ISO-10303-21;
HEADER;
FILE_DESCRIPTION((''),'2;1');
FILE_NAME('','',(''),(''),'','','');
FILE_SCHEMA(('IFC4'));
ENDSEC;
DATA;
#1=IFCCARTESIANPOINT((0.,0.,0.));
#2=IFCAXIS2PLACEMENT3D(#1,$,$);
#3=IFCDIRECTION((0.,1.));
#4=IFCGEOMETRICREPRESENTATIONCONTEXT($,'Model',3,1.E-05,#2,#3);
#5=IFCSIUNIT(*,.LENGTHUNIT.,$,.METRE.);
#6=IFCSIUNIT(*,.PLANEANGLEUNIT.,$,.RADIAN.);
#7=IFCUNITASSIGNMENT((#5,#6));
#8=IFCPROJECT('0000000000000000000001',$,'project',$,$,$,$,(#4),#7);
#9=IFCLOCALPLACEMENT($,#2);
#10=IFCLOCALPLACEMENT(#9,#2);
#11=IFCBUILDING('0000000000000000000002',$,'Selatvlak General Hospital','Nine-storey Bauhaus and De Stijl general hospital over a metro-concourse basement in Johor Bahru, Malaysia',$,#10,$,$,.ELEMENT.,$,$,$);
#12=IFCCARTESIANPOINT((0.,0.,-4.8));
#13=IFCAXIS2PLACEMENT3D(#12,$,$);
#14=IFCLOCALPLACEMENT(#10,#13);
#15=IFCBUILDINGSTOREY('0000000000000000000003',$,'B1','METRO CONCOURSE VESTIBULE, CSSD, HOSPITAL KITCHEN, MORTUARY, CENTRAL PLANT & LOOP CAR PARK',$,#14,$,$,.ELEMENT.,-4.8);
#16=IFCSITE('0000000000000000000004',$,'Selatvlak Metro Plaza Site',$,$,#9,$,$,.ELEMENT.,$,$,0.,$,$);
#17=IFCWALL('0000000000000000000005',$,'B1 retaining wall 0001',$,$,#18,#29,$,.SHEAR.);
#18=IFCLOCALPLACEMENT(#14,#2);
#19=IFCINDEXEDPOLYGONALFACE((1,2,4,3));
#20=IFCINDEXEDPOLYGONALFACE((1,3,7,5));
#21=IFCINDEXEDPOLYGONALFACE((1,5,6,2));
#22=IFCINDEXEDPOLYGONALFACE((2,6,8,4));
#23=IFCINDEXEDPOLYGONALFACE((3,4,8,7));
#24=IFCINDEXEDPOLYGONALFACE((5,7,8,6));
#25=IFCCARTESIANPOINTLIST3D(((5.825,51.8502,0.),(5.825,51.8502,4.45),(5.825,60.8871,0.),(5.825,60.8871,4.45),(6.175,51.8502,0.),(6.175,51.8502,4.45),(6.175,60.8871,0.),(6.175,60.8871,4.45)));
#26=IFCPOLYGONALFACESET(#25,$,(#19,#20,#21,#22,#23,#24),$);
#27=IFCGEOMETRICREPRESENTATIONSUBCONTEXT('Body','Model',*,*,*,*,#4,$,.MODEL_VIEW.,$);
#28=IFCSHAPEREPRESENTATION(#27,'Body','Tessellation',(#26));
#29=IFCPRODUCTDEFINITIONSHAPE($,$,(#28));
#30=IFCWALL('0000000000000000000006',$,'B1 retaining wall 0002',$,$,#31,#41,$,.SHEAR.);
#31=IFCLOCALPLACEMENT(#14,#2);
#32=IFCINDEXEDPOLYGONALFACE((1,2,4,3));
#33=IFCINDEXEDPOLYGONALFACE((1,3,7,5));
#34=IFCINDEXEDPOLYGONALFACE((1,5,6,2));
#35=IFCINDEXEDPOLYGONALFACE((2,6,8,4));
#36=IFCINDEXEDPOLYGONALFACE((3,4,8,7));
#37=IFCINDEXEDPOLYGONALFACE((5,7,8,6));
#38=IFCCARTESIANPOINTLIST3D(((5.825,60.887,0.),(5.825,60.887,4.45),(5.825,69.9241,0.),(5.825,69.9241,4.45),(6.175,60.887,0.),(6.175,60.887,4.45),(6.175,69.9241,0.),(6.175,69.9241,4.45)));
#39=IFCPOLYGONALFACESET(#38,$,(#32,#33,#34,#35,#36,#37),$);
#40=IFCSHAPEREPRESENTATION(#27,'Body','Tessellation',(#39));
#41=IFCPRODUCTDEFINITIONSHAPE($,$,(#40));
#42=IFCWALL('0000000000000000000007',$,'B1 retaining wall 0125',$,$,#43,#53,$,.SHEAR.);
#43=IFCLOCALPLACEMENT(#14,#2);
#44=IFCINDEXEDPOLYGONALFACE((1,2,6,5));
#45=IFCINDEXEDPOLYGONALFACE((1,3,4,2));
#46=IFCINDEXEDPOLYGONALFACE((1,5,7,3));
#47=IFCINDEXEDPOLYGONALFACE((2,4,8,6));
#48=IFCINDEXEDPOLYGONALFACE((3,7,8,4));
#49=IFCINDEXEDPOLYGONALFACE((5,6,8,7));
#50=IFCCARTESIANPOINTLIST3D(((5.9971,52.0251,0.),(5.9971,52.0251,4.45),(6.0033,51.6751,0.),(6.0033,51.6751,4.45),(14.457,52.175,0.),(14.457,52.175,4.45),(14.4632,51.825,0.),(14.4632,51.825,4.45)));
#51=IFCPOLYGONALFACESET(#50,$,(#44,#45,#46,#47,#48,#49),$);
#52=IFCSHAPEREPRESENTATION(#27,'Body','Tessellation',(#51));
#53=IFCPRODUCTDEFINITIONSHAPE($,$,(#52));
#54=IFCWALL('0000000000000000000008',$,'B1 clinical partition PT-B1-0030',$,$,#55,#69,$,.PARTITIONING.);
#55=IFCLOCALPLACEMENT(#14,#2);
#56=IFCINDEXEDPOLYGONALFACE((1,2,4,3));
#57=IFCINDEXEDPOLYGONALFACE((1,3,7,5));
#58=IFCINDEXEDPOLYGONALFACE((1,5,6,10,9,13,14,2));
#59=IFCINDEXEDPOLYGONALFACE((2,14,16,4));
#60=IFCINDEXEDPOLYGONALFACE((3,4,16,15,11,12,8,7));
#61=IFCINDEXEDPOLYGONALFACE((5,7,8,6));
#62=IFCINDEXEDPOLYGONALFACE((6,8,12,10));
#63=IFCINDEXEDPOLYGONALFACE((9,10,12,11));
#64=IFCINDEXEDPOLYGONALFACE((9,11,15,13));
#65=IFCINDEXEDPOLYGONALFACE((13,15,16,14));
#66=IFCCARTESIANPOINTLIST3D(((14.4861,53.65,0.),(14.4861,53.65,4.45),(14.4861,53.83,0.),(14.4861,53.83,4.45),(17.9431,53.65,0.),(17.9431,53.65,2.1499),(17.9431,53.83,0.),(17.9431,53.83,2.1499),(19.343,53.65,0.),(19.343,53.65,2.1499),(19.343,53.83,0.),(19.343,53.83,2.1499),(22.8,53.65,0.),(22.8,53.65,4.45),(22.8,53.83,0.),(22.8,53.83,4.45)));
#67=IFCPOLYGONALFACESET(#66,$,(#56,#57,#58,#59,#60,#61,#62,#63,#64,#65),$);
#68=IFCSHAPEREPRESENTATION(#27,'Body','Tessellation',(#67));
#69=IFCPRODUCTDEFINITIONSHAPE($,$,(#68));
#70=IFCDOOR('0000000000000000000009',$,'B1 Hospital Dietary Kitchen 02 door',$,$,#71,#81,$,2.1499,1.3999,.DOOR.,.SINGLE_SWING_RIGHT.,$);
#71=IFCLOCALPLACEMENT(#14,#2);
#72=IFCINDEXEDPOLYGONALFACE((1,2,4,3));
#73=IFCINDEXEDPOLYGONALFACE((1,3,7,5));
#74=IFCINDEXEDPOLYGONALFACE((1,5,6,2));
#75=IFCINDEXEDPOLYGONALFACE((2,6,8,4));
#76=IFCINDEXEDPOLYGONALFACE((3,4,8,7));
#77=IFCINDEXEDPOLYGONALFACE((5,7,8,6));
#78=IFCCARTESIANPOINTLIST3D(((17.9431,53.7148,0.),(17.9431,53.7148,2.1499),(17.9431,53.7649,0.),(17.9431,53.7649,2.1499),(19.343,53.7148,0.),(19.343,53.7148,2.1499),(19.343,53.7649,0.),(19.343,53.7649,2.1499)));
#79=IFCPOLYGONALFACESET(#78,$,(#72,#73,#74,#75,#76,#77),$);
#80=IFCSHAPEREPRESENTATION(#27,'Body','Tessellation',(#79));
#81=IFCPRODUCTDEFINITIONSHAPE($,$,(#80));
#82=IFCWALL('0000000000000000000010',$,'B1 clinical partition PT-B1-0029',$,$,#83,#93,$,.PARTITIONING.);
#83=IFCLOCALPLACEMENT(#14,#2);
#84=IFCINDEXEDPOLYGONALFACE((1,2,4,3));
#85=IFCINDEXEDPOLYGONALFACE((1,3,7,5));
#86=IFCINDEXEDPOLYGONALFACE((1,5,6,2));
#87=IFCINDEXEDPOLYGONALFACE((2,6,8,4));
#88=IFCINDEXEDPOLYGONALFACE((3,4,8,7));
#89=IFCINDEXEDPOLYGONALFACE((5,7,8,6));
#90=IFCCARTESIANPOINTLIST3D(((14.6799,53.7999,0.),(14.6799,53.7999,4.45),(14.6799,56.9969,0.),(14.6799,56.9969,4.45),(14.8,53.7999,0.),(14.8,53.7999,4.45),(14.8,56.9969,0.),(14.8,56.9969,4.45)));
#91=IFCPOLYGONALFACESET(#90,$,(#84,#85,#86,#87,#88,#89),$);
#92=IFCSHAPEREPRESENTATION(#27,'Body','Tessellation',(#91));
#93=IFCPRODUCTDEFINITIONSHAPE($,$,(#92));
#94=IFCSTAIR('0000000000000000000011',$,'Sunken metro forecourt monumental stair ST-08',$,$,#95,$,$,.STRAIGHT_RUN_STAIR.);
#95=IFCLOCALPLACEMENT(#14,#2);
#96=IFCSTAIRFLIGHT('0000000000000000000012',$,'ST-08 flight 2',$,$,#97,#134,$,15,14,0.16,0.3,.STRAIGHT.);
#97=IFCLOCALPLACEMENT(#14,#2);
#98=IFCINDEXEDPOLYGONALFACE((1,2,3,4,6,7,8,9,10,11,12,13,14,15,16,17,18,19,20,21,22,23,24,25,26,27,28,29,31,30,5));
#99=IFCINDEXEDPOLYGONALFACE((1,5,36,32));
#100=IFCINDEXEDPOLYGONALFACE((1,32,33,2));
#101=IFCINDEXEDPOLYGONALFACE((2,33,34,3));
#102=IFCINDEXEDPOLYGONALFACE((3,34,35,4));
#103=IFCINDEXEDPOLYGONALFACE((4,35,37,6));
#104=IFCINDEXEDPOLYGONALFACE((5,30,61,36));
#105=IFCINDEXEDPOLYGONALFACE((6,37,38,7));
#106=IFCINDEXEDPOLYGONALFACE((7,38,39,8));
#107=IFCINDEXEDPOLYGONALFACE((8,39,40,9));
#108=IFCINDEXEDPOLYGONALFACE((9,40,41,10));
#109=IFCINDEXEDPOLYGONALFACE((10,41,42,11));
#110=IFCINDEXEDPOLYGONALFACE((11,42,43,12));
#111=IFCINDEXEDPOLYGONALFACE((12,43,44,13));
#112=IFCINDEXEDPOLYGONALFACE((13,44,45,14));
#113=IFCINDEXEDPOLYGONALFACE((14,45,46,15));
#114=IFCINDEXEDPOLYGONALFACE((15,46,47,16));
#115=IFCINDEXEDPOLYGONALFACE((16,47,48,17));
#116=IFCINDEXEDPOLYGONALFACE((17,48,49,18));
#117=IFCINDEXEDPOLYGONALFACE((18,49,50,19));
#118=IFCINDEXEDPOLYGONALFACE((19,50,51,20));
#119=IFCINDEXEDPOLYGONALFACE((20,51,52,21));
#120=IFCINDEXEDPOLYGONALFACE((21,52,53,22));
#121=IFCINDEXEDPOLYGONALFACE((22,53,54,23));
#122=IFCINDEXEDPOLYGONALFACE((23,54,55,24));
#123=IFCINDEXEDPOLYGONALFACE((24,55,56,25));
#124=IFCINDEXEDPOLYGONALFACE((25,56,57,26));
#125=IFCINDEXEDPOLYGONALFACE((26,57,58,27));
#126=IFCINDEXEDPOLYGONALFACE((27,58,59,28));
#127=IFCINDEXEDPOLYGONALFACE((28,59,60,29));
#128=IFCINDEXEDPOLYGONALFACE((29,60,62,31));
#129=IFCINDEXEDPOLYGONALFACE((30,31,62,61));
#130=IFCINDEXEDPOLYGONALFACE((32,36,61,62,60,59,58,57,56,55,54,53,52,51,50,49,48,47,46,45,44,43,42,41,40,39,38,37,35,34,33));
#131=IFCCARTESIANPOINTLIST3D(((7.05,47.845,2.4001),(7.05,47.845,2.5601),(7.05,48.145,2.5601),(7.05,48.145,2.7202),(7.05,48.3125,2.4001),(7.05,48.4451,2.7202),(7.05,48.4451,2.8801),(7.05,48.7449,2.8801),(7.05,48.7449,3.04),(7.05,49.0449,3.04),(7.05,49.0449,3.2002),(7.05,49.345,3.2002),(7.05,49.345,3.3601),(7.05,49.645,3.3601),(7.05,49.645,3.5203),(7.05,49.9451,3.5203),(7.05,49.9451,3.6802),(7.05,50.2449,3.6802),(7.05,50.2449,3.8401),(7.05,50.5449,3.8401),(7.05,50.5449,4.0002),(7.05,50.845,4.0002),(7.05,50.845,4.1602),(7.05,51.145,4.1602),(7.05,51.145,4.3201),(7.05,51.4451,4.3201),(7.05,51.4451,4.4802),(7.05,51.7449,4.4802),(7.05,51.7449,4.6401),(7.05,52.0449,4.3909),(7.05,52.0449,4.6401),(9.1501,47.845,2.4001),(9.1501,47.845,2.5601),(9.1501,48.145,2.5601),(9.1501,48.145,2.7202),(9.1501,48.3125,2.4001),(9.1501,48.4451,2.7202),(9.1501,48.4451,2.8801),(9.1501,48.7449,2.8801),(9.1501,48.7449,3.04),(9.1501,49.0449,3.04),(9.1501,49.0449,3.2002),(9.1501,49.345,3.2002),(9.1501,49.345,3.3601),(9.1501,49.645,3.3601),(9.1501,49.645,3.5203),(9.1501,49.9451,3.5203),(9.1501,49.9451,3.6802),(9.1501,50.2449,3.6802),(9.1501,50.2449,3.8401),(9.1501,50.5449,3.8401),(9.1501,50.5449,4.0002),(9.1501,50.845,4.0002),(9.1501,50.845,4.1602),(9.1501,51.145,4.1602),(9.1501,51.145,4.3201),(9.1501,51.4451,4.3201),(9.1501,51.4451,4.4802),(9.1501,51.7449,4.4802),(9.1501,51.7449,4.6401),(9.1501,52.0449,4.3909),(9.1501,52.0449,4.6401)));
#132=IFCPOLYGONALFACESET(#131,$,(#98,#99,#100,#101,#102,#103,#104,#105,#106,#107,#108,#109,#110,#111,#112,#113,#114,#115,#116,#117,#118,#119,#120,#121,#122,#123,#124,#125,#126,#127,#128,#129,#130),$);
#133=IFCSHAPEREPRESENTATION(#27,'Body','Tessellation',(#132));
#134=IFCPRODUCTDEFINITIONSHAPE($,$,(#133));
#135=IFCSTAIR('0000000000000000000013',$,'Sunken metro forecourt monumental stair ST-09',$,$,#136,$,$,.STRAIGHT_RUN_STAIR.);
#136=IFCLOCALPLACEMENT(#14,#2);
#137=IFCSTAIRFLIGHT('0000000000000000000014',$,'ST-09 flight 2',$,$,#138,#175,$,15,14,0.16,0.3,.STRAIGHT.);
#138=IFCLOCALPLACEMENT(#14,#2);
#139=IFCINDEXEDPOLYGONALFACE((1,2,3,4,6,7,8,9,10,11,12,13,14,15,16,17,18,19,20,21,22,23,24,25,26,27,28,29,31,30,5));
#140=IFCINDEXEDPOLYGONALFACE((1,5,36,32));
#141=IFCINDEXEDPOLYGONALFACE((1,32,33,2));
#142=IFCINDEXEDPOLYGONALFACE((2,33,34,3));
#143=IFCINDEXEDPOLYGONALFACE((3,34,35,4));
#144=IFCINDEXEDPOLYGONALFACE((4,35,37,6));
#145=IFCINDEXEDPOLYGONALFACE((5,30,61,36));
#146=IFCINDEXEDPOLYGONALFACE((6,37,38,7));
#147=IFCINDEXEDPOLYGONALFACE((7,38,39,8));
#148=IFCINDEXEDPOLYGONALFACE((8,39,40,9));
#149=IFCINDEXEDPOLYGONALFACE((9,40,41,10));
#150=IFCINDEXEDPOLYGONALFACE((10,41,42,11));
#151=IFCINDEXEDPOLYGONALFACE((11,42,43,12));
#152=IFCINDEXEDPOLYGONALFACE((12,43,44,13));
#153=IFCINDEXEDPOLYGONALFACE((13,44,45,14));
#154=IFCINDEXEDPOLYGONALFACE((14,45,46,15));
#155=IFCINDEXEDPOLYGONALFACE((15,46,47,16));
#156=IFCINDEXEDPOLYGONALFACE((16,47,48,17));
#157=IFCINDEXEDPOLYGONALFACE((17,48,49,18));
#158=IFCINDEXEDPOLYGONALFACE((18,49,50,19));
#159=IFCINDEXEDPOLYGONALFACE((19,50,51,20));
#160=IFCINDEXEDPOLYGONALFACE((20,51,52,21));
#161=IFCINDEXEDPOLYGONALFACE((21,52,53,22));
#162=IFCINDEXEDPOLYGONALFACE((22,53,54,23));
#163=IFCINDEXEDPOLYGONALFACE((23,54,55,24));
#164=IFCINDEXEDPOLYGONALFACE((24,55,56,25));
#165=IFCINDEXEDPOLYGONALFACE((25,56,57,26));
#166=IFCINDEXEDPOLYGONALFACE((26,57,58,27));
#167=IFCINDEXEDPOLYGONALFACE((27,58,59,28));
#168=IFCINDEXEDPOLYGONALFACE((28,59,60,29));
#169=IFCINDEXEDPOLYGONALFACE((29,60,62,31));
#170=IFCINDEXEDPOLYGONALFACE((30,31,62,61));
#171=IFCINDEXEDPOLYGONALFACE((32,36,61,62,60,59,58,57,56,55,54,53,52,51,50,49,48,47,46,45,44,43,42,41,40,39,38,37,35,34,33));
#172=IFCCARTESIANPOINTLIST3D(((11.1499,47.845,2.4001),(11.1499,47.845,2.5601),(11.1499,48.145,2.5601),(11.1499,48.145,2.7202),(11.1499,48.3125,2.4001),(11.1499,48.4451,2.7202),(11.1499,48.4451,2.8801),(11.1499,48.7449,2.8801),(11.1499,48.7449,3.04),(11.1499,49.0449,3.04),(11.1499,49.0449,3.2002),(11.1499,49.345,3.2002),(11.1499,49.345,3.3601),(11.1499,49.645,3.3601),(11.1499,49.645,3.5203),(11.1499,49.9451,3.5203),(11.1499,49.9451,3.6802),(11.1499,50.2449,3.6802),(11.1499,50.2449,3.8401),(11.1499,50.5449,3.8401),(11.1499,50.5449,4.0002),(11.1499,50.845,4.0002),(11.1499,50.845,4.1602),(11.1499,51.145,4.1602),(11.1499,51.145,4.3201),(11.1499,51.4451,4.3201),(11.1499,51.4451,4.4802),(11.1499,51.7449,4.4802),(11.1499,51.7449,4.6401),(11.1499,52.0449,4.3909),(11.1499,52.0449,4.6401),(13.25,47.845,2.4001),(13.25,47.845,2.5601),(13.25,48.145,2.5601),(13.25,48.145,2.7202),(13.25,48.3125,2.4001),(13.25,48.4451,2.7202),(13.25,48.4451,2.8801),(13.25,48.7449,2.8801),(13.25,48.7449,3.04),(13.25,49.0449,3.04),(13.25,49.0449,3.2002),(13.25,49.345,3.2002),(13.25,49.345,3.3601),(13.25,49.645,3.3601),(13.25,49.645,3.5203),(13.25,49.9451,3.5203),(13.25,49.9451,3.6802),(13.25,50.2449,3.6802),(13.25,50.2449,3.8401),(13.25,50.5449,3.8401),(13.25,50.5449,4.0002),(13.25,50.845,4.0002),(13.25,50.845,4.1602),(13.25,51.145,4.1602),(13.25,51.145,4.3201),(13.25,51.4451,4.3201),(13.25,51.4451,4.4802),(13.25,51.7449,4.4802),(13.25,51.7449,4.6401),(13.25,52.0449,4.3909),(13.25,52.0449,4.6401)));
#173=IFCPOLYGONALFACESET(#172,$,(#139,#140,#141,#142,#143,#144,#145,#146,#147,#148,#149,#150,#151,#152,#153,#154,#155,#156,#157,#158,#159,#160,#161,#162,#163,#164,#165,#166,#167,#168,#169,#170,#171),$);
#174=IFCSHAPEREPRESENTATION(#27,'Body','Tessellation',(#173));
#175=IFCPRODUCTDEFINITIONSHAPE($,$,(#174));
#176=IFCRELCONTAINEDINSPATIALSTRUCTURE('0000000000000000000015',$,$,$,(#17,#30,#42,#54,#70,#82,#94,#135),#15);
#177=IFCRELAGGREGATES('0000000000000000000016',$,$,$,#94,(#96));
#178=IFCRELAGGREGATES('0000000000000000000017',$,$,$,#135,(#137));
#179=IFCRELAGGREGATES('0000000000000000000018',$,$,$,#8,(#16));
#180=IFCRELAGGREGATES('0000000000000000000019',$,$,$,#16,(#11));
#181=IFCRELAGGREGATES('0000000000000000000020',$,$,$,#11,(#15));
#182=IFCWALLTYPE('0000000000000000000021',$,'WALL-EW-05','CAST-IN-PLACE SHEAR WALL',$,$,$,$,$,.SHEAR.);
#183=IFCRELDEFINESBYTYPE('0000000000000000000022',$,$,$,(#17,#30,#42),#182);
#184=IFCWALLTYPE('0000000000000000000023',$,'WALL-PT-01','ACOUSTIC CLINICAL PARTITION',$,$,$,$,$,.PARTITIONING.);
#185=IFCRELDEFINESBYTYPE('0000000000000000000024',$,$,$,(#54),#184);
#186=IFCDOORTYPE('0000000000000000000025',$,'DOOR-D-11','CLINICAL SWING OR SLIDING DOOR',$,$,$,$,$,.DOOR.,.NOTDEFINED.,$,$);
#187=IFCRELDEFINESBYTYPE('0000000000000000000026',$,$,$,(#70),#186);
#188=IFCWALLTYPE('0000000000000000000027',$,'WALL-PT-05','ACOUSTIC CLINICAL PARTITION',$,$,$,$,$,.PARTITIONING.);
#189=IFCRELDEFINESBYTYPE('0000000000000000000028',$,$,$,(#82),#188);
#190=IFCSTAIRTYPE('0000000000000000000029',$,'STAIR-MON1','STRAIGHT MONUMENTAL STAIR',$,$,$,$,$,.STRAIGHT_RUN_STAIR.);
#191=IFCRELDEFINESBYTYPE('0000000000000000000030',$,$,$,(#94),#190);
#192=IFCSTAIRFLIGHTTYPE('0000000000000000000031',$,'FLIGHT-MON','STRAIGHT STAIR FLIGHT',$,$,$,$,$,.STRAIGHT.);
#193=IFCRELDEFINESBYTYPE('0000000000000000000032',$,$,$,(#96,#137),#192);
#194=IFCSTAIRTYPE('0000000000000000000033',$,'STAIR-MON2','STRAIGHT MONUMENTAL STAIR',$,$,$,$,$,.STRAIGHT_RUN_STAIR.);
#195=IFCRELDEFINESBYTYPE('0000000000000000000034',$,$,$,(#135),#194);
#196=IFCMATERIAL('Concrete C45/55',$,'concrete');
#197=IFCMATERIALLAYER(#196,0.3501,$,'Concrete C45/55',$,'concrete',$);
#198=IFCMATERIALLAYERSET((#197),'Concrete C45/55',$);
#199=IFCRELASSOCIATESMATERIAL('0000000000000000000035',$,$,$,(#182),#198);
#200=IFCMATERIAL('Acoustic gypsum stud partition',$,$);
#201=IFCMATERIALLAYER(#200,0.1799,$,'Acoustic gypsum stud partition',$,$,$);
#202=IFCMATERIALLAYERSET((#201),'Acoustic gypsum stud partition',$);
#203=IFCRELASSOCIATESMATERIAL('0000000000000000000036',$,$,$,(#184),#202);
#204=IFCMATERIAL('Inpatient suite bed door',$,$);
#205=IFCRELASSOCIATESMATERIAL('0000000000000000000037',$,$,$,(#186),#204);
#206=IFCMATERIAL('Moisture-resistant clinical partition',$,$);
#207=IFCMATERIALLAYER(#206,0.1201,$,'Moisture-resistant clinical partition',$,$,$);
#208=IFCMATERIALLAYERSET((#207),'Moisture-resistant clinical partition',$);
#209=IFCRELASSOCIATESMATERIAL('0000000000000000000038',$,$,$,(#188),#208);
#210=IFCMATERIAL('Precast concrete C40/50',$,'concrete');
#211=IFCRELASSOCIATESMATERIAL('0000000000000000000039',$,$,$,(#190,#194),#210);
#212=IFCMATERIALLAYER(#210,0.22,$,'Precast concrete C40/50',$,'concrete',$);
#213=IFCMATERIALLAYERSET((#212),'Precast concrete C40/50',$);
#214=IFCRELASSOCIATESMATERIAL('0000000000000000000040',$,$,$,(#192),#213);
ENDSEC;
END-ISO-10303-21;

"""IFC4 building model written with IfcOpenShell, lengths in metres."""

from ifc_helpers import new_model, si_unit, direction, frame, frame_2d, origin, place, context, subcontext, project, spatial, polyline, rectangle, outline, extrude, material, layer, layer_set, type_object, element, fill, aggregate, save


model = new_model("IFC4")

# Units and contexts
model_context = context("Model", 3, precision=1e-05, world=origin(), true_north=direction((0.0, 1.0)))
body_context = subcontext(model_context, "Body", "Model", "MODEL_VIEW")
ifc_project = project(units=[si_unit("LENGTHUNIT", "METRE"), si_unit("PLANEANGLEUNIT", "RADIAN")], contexts=[model_context])

# Site, building, storey
site_placement = place(None, origin())
site = spatial("IfcSite", under=ifc_project, at=site_placement, Name="Selatvlak Metro Plaza Site", CompositionType="ELEMENT", RefElevation=0.0)
building_placement = place(site_placement, origin())
building = spatial("IfcBuilding", under=site, at=building_placement, Name="Selatvlak General Hospital", Description="Nine-storey Bauhaus and De Stijl general hospital over a metro-concourse basement in Johor Bahru, Malaysia", CompositionType="ELEMENT")
storey_placement = place(building_placement, frame((0.0, 0.0, -4.8)))
storey = spatial("IfcBuildingStorey", under=building, at=storey_placement, Name="B1", Description="METRO CONCOURSE VESTIBULE, CSSD, HOSPITAL KITCHEN, MORTUARY, CENTRAL PLANT & LOOP CAR PARK", CompositionType="ELEMENT", Elevation=-4.8)

# Walls
ifc_material_1 = material(Name="Concrete C45/55", Category="concrete")
ifc_layer_1 = layer(ifc_material_1, 0.3501, Name="Concrete C45/55", Category="concrete")
ifc_layer_set_1 = layer_set([ifc_layer_1], Name="Concrete C45/55")
wall_type_1 = type_object("IfcWallType", Name="WALL-EW-05", Description="CAST-IN-PLACE SHEAR WALL", PredefinedType="SHEAR", material=ifc_layer_set_1)
wall_1_placement = place(storey_placement, frame((6.0, 51.8501, 0.0), z_axis=(0.0, 0.0, 1.0), x_axis=(0.0, 1.0, 0.0)))
element("IfcWall", 1, at=wall_1_placement, inside=storey, type_object=wall_type_1, Name="B1 retaining wall 0001", PredefinedType="SHEAR", context=body_context, shape_type="SweptSolid", body=[
    extrude(rectangle(XDim=9.0369, YDim=0.3501, at=frame_2d((4.5186, 0.0))), origin(), (0.0, 0.0, 1.0), 4.45),
])
wall_2_placement = place(storey_placement, frame((6.0, 60.887, 0.0), z_axis=(0.0, 0.0, 1.0), x_axis=(0.0, 1.0, 0.0)))
element("IfcWall", 2, at=wall_2_placement, inside=storey, type_object=wall_type_1, Name="B1 retaining wall 0002", PredefinedType="SHEAR", context=body_context, shape_type="SweptSolid", body=[
    extrude(rectangle(XDim=9.0371, YDim=0.3501, at=frame_2d((4.5186, 0.0))), origin(), (0.0, 0.0, 1.0), 4.45),
])
wall_3_placement = place(storey_placement, frame((14.46, 52.0, 0.0), z_axis=(0.0, 0.0, 1.0), x_axis=(-0.999843, -0.017716, 0.0)))
element("IfcWall", 3, at=wall_3_placement, inside=storey, type_object=wall_type_1, Name="B1 retaining wall 0125", PredefinedType="SHEAR", context=body_context, shape_type="SweptSolid", body=[
    extrude(rectangle(XDim=8.4612, YDim=0.3501, at=frame_2d((4.2305, 0.0))), origin(), (0.0, 0.0, 1.0), 4.45),
])

# Wall, opening, door
ifc_material_2 = material(Name="Acoustic gypsum stud partition")
ifc_layer_2 = layer(ifc_material_2, 0.1799, Name="Acoustic gypsum stud partition")
ifc_layer_set_2 = layer_set([ifc_layer_2], Name="Acoustic gypsum stud partition")
wall_type_2 = type_object("IfcWallType", Name="WALL-PT-01", Description="ACOUSTIC CLINICAL PARTITION", PredefinedType="PARTITIONING", material=ifc_layer_set_2)
wall_4_placement = place(storey_placement, frame((14.4861, 53.74, 0.0), z_axis=(0.0, 0.0, 1.0), x_axis=(1.0, 0.0, 0.0)))
wall_4 = element("IfcWall", 4, at=wall_4_placement, inside=storey, type_object=wall_type_2, Name="B1 clinical partition PT-B1-0030", PredefinedType="PARTITIONING", context=body_context, shape_type="SweptSolid", body=[
    extrude(rectangle(XDim=8.314, YDim=0.1799, at=frame_2d((4.157, 0.0))), origin(), (0.0, 0.0, 1.0), 4.45),
])
opening_placement = place(wall_4_placement, frame((3.457, 0.0, 0.0)))
opening = element("IfcOpeningElement", 5, at=opening_placement, cuts=wall_4, PredefinedType="OPENING", context=body_context, shape_type="SweptSolid", body=[
    extrude(rectangle(XDim=1.3999, YDim=2.1499, at=frame_2d((0.7, 1.075))), frame((0.0, 0.0999, 0.0), z_axis=(0.0, -1.0, 0.0), x_axis=(1.0, 0.0, 0.0)), (0.0, 0.0, 1.0), 0.2),
])
ifc_material_3 = material(Name="Inpatient suite bed door")
door_type = type_object("IfcDoorType", Name="DOOR-D-11", Description="CLINICAL SWING OR SLIDING DOOR", OperationType="NOTDEFINED", PredefinedType="DOOR", material=ifc_material_3)
door_placement = place(opening_placement, origin())
door = element("IfcDoor", 6, at=door_placement, inside=storey, type_object=door_type, Name="B1 Hospital Dietary Kitchen 02 door", OperationType="SINGLE_SWING_RIGHT", OverallHeight=2.1499, OverallWidth=1.3999, PredefinedType="DOOR", context=body_context, shape_type="SweptSolid", body=[
    extrude(rectangle(XDim=1.3999, YDim=2.1499, at=frame_2d((0.7, 1.075))), frame((0.0, 0.0249, 0.0), z_axis=(0.0, -1.0, 0.0), x_axis=(1.0, 0.0, 0.0)), (0.0, 0.0, 1.0), 0.05),
])
fill(opening, door)

# Wall
ifc_material_4 = material(Name="Moisture-resistant clinical partition")
ifc_layer_3 = layer(ifc_material_4, 0.1201, Name="Moisture-resistant clinical partition")
ifc_layer_set_3 = layer_set([ifc_layer_3], Name="Moisture-resistant clinical partition")
wall_type_3 = type_object("IfcWallType", Name="WALL-PT-05", Description="ACOUSTIC CLINICAL PARTITION", PredefinedType="PARTITIONING", material=ifc_layer_set_3)
wall_5_placement = place(storey_placement, frame((14.74, 56.9971, 0.0), z_axis=(0.0, 0.0, 1.0), x_axis=(0.0, -1.0, 0.0)))
element("IfcWall", 7, at=wall_5_placement, inside=storey, type_object=wall_type_3, Name="B1 clinical partition PT-B1-0029", PredefinedType="PARTITIONING", context=body_context, shape_type="SweptSolid", body=[
    extrude(rectangle(XDim=3.197, YDim=0.1201, at=frame_2d((1.5986, 0.0))), origin(), (0.0, 0.0, 1.0), 4.45),
])

# Stairs, stair flights
ifc_material_5 = material(Name="Precast concrete C40/50", Category="concrete")
stair_type_1 = type_object("IfcStairType", Name="STAIR-MON1", Description="STRAIGHT MONUMENTAL STAIR", PredefinedType="STRAIGHT_RUN_STAIR", material=ifc_material_5)
stair_1_placement = place(storey_placement, origin())
stair_1 = element("IfcStair", 8, at=stair_1_placement, inside=storey, type_object=stair_type_1, Name="Sunken metro forecourt monumental stair ST-08", PredefinedType="STRAIGHT_RUN_STAIR")
ifc_layer_4 = layer(ifc_material_5, 0.22, Name="Precast concrete C40/50", Category="concrete")
ifc_layer_set_4 = layer_set([ifc_layer_4], Name="Precast concrete C40/50")
stair_flight_type = type_object("IfcStairFlightType", Name="FLIGHT-MON", Description="STRAIGHT STAIR FLIGHT", PredefinedType="STRAIGHT", material=ifc_layer_set_4)
stair_flight_1_placement = place(storey_placement, frame((8.1001, 47.845, 2.4001), z_axis=(0.0, 0.0, 1.0), x_axis=(0.0, 1.0, 0.0)))
stair_flight_1 = element("IfcStairFlight", 9, at=stair_flight_1_placement, type_object=stair_flight_type, Name="ST-08 flight 2", NumberOfRisers=15, NumberOfTreads=14, PredefinedType="STRAIGHT", RiserHeight=0.16, TreadLength=0.3, context=body_context, shape_type="SweptSolid", body=[
    extrude(outline(polyline([(0.0, 0.0), (0.0, 0.1599), (0.3, 0.1599), (0.3, 0.3201), (0.6001, 0.3201), (0.6001, 0.48), (0.8999, 0.48), (0.8999, 0.6399), (1.2, 0.6399), (1.2, 0.8), (1.5, 0.8), (1.5, 0.96), (1.8, 0.96), (1.8, 1.1201), (2.1001, 1.1201), (2.1001, 1.28), (2.3999, 1.28), (2.3999, 1.4399), (2.7, 1.4399), (2.7, 1.6001), (3.0, 1.6001), (3.0, 1.76), (3.3, 1.76), (3.3, 1.9199), (3.6001, 1.9199), (3.6001, 2.0801), (3.8999, 2.0801), (3.8999, 2.24), (4.2, 2.24), (4.2, 2.3999), (4.2, 1.9907), (0.4675, 0.0), (0.0, 0.0)])), frame((0.0, 1.05, 0.0), z_axis=(0.0, -1.0, 0.0), x_axis=(1.0, 0.0, 0.0)), (0.0, 0.0, 1.0), 2.1001),
])
aggregate(stair_1, [stair_flight_1])
stair_type_2 = type_object("IfcStairType", Name="STAIR-MON2", Description="STRAIGHT MONUMENTAL STAIR", PredefinedType="STRAIGHT_RUN_STAIR", material=ifc_material_5)
stair_2_placement = place(storey_placement, origin())
stair_2 = element("IfcStair", 10, at=stair_2_placement, inside=storey, type_object=stair_type_2, Name="Sunken metro forecourt monumental stair ST-09", PredefinedType="STRAIGHT_RUN_STAIR")
stair_flight_2_placement = place(storey_placement, frame((12.2, 47.845, 2.4001), z_axis=(0.0, 0.0, 1.0), x_axis=(0.0, 1.0, 0.0)))
stair_flight_2 = element("IfcStairFlight", 11, at=stair_flight_2_placement, type_object=stair_flight_type, Name="ST-09 flight 2", NumberOfRisers=15, NumberOfTreads=14, PredefinedType="STRAIGHT", RiserHeight=0.16, TreadLength=0.3, context=body_context, shape_type="SweptSolid", body=[
    extrude(outline(polyline([(0.0, 0.0), (0.0, 0.1599), (0.3, 0.1599), (0.3, 0.3201), (0.6001, 0.3201), (0.6001, 0.48), (0.8999, 0.48), (0.8999, 0.6399), (1.2, 0.6399), (1.2, 0.8), (1.5, 0.8), (1.5, 0.96), (1.8, 0.96), (1.8, 1.1201), (2.1001, 1.1201), (2.1001, 1.28), (2.3999, 1.28), (2.3999, 1.4399), (2.7, 1.4399), (2.7, 1.6001), (3.0, 1.6001), (3.0, 1.76), (3.3, 1.76), (3.3, 1.9199), (3.6001, 1.9199), (3.6001, 2.0801), (3.8999, 2.0801), (3.8999, 2.24), (4.2, 2.24), (4.2, 2.3999), (4.2, 1.9907), (0.4675, 0.0), (0.0, 0.0)])), frame((0.0, 1.05, 0.0), z_axis=(0.0, -1.0, 0.0), x_axis=(1.0, 0.0, 0.0)), (0.0, 0.0, 1.0), 2.1001),
])
aggregate(stair_2, [stair_flight_2])

save(model, "model.ifc")
